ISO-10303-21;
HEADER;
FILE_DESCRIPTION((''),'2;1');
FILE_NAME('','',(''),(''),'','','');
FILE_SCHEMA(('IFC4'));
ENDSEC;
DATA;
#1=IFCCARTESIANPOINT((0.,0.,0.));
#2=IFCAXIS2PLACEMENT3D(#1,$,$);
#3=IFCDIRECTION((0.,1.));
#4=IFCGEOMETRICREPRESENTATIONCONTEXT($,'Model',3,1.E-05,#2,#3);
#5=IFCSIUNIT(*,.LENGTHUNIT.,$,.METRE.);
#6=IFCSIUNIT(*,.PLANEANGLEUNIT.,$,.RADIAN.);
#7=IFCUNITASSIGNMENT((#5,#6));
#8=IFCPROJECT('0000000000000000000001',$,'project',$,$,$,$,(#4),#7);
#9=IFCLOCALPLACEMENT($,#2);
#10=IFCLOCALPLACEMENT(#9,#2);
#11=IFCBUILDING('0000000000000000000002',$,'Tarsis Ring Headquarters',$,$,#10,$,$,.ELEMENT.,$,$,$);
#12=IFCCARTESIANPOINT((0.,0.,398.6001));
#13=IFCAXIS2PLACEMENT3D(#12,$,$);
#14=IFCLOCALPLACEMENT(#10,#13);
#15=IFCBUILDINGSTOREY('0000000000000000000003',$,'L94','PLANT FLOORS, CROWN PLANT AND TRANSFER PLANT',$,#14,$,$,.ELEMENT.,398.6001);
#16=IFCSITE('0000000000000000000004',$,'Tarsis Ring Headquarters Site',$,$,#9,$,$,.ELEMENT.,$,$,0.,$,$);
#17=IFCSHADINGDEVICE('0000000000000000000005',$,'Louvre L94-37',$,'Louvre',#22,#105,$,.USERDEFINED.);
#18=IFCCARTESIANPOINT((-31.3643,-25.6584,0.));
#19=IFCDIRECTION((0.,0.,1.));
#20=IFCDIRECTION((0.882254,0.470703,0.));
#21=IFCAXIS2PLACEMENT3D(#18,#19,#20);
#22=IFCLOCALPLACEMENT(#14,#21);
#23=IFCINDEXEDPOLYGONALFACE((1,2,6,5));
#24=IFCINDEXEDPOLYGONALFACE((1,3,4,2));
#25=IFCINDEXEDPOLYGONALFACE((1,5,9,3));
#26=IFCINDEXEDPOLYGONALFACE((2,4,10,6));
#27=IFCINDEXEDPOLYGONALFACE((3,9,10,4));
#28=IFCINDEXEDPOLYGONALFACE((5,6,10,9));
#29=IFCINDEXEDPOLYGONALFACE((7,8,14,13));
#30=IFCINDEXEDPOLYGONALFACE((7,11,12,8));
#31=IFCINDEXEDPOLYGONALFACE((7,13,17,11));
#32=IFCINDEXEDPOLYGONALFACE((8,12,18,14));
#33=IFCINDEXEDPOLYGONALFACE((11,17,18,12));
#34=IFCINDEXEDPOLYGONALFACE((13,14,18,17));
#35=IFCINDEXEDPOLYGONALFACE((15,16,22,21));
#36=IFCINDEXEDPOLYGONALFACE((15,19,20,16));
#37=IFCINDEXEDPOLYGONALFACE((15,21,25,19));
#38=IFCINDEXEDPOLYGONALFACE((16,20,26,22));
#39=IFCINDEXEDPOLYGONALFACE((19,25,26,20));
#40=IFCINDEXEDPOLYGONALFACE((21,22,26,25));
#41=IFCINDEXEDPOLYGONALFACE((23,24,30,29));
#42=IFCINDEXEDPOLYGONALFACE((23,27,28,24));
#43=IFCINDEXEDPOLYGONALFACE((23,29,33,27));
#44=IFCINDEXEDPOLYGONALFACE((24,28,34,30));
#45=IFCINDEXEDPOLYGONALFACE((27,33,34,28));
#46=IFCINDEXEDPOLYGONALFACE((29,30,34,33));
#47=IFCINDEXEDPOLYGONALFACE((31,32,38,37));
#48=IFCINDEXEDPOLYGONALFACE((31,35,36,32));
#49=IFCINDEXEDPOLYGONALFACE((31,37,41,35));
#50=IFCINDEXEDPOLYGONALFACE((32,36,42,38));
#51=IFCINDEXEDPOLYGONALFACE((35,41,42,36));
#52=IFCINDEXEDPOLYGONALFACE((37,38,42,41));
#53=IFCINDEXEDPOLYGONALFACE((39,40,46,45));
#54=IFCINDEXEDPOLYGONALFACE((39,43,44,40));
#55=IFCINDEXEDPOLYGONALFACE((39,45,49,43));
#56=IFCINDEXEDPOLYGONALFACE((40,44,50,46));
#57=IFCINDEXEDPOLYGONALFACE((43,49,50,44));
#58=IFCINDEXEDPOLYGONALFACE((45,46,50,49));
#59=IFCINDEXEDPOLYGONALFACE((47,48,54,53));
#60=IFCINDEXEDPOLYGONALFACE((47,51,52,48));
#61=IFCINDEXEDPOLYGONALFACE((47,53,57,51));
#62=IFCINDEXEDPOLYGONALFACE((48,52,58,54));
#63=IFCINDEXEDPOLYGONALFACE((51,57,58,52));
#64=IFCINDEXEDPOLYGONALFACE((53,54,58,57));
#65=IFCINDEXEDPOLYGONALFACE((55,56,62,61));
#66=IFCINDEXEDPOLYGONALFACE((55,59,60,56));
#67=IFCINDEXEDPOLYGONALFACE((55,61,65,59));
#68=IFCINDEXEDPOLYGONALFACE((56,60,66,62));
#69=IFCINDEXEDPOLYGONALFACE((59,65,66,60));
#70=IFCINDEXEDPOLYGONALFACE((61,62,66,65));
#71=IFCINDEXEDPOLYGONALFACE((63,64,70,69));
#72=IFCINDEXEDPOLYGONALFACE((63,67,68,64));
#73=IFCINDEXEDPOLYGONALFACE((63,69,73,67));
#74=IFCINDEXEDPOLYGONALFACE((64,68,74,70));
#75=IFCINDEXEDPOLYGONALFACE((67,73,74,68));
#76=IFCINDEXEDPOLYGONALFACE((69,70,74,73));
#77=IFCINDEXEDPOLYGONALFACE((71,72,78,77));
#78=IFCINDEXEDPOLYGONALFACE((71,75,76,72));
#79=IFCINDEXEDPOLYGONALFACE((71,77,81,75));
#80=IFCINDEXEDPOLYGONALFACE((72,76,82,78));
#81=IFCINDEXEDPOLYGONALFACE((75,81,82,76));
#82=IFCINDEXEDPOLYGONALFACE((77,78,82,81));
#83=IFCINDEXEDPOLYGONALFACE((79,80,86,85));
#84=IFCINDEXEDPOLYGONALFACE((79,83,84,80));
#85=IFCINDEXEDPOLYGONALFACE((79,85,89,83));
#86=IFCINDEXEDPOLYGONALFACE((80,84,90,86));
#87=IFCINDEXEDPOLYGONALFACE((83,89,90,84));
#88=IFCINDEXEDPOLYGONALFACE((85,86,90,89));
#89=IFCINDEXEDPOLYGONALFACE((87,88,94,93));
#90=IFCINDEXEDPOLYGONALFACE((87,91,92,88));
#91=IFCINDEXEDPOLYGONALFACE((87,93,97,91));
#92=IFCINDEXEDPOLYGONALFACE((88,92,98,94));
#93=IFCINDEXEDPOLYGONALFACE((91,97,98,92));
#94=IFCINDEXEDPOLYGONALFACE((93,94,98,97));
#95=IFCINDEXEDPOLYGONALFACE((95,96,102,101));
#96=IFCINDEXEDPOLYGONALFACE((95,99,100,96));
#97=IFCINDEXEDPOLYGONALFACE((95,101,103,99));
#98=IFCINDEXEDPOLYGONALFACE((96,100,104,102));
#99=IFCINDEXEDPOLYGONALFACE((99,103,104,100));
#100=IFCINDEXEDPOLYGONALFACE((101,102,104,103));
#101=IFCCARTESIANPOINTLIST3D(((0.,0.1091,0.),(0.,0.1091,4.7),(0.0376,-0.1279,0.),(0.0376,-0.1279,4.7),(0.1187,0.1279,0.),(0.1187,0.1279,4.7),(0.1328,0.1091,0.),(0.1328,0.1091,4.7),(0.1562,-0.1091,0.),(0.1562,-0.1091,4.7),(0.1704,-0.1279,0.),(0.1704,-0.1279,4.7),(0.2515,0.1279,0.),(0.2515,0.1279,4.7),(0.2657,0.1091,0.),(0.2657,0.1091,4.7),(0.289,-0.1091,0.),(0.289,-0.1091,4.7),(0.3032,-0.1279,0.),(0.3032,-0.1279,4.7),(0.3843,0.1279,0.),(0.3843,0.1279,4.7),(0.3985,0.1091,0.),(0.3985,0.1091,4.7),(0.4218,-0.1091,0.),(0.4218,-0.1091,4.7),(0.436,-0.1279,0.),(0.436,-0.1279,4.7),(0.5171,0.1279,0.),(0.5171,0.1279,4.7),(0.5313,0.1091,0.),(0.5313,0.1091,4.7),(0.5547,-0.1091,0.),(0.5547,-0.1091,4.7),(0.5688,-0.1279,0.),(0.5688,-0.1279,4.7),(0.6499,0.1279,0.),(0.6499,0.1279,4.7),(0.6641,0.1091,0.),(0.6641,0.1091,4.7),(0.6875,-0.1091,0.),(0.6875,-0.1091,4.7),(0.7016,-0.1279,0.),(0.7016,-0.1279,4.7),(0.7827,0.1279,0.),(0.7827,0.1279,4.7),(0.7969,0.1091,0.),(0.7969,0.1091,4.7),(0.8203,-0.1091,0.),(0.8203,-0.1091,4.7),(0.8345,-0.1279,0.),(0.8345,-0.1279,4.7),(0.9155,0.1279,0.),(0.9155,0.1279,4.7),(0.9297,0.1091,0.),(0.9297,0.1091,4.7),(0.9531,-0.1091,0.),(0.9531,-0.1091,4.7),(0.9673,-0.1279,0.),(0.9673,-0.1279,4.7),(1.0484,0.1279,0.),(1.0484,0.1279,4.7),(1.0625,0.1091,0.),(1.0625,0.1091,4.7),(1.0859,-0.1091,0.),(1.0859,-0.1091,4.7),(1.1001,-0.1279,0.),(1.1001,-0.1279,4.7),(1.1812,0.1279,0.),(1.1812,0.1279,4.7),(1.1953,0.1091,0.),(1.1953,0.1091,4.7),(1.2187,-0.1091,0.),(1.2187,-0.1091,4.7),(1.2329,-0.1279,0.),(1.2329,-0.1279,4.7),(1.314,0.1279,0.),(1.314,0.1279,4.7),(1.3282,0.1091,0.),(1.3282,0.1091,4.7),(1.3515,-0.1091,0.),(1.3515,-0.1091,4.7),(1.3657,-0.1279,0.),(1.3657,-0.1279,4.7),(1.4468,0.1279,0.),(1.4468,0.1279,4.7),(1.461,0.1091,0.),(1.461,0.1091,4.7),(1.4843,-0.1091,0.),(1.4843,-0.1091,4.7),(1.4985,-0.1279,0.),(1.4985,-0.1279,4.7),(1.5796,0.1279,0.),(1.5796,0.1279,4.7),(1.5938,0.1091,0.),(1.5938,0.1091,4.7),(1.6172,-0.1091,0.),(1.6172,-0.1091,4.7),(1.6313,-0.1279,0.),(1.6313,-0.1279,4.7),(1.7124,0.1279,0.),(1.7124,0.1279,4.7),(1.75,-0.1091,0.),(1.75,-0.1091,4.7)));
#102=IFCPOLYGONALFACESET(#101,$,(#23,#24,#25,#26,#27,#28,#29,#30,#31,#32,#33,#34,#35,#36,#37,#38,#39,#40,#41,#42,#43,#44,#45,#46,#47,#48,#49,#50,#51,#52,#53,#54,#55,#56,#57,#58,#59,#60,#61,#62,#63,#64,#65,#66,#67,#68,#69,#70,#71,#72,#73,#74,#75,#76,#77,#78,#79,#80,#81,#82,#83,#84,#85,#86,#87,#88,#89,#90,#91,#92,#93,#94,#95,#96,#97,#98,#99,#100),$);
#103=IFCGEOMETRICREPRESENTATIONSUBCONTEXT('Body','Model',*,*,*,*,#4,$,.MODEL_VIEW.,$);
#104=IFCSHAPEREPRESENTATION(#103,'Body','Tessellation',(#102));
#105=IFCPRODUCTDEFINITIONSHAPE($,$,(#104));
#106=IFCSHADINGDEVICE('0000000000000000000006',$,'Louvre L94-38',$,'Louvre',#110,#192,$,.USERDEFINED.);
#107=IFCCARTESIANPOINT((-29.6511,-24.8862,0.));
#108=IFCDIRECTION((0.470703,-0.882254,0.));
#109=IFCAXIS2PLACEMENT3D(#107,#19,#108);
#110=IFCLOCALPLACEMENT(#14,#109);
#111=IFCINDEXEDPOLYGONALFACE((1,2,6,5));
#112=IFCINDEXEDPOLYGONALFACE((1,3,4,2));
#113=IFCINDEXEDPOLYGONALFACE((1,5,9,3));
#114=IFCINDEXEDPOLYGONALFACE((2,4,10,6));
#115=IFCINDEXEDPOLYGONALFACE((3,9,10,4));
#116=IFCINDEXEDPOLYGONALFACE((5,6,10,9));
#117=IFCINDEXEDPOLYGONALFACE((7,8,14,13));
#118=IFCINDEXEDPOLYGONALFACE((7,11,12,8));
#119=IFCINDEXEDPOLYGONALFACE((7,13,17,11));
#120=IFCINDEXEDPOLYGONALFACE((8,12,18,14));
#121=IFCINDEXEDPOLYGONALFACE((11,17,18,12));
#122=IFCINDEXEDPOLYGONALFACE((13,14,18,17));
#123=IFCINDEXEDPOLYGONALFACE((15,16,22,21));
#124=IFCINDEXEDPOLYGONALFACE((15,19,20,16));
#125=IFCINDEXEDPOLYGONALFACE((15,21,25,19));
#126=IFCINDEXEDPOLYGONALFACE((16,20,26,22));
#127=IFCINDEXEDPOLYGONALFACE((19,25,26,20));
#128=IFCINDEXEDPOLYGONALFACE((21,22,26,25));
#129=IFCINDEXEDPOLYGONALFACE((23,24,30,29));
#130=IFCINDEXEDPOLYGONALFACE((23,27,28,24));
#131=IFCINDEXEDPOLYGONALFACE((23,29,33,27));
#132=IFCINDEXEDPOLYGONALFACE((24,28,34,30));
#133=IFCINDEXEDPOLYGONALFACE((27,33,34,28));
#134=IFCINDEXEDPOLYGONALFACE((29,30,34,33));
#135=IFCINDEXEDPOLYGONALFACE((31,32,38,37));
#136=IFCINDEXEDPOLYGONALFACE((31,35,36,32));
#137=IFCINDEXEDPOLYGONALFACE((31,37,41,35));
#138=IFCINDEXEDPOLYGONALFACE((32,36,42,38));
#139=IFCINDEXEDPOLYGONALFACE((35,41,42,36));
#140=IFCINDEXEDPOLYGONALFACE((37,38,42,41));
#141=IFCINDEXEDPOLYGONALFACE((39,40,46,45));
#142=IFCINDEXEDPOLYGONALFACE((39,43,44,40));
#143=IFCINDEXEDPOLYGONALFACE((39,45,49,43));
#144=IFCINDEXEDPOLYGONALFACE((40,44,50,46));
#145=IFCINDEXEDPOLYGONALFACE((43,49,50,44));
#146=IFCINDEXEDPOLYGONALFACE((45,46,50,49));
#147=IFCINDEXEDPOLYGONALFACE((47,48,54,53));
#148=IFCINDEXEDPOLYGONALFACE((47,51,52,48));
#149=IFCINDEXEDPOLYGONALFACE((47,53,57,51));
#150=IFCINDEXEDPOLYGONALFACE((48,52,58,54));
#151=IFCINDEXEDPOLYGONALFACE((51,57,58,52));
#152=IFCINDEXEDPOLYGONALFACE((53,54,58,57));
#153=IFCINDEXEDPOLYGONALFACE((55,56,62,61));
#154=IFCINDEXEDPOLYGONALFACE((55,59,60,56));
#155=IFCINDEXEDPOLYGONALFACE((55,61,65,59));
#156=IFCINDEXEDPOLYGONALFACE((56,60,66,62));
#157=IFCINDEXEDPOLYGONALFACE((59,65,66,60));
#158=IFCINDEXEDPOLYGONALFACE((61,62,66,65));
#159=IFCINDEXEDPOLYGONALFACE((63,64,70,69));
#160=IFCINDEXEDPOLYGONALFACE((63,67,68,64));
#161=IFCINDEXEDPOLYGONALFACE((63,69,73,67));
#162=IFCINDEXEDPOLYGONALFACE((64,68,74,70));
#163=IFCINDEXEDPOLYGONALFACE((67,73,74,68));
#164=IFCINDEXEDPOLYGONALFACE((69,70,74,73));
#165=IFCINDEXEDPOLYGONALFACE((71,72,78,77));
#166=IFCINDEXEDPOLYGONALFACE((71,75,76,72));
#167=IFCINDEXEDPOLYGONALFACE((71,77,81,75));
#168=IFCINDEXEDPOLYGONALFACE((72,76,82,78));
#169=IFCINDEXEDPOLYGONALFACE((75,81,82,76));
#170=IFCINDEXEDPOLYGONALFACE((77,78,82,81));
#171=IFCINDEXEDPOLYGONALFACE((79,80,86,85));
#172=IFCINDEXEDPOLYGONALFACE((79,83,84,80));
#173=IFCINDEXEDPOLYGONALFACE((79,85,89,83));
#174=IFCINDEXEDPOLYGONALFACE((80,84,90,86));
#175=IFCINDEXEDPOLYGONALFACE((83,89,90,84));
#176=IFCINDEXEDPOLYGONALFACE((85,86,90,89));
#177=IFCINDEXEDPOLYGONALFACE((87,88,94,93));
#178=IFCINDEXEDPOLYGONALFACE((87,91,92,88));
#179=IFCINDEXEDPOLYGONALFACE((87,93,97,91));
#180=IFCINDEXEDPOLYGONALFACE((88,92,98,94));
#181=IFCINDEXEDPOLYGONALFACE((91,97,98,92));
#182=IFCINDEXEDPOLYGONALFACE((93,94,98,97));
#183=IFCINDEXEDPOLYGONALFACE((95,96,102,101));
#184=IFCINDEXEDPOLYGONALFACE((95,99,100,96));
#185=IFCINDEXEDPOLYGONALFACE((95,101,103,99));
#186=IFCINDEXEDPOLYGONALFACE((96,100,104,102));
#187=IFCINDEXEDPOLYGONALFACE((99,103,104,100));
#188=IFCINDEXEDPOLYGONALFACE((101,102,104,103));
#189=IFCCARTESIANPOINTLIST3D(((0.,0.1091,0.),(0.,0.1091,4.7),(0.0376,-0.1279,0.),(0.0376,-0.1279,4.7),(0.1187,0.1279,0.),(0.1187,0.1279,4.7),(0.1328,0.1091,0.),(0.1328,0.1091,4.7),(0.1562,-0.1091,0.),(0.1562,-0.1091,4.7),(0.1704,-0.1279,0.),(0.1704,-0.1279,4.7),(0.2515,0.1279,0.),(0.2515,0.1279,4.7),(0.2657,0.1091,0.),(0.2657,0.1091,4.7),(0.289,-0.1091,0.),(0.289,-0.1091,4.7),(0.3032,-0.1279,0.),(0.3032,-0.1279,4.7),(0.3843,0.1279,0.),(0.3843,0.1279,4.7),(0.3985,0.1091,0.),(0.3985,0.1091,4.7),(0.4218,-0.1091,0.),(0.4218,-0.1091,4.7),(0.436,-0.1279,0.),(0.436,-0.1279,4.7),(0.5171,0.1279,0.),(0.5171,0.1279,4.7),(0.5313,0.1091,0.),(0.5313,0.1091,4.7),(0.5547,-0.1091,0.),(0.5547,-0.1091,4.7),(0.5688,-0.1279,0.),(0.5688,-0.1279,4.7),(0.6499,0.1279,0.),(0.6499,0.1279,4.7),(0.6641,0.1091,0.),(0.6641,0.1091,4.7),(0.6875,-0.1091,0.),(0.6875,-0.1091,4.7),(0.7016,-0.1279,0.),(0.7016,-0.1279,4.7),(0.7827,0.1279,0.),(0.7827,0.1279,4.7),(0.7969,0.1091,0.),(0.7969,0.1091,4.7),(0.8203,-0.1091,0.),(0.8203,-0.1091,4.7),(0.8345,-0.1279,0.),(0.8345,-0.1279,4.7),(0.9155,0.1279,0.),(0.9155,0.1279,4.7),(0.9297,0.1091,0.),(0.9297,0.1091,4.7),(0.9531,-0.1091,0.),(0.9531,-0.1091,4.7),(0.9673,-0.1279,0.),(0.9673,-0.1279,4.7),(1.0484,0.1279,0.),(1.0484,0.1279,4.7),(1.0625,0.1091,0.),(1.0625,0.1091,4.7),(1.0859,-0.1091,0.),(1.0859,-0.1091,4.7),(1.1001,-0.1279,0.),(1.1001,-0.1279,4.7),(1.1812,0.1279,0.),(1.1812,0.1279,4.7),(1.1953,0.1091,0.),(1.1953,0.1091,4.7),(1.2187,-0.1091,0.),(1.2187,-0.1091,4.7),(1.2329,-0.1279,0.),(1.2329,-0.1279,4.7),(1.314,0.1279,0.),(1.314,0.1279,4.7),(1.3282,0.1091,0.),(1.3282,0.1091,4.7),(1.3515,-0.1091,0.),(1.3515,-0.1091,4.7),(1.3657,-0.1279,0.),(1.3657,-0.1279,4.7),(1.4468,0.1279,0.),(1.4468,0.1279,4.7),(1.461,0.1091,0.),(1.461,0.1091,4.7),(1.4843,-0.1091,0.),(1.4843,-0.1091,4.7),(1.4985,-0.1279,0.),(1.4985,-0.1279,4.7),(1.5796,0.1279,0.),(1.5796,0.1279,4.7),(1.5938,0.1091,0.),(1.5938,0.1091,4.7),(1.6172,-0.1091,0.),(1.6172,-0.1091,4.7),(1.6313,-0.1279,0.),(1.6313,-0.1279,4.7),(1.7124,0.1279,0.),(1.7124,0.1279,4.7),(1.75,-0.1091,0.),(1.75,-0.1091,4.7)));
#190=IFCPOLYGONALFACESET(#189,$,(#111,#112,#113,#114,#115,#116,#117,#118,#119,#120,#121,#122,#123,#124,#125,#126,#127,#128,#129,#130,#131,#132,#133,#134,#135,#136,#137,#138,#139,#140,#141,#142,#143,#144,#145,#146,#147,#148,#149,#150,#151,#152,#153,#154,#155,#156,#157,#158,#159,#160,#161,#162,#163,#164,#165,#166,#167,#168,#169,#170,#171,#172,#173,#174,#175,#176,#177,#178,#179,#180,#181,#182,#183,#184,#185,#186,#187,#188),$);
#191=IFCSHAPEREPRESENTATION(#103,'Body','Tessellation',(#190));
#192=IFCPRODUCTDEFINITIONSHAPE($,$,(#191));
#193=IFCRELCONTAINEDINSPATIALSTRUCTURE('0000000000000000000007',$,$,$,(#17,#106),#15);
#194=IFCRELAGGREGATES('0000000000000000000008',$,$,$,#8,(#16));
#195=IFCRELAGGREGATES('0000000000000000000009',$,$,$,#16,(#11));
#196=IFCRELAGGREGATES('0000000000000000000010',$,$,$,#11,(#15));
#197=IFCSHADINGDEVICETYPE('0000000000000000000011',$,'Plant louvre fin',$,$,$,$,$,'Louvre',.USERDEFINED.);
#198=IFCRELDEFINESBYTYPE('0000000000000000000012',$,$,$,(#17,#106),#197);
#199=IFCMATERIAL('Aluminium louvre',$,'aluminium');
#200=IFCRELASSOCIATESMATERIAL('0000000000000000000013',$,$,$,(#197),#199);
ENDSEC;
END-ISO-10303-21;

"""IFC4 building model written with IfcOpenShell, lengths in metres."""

from ifc_helpers import new_model, si_unit, direction, frame, frame_2d, origin, place, context, subcontext, project, spatial, rectangle, composite_profile, extrude, material, type_object, element, save


model = new_model("IFC4")

# Units and contexts
model_context = context("Model", 3, precision=1e-05, world=origin(), true_north=direction((0.0, 1.0)))
body_context = subcontext(model_context, "Body", "Model", "MODEL_VIEW")
ifc_project = project(units=[si_unit("LENGTHUNIT", "METRE"), si_unit("PLANEANGLEUNIT", "RADIAN")], contexts=[model_context])

# Site, building, storey
site_placement = place(None, origin())
site = spatial("IfcSite", under=ifc_project, at=site_placement, Name="Tarsis Ring Headquarters Site", CompositionType="ELEMENT", RefElevation=0.0)
building_placement = place(site_placement, origin())
building = spatial("IfcBuilding", under=site, at=building_placement, Name="Tarsis Ring Headquarters", CompositionType="ELEMENT")
storey_placement = place(building_placement, frame((0.0, 0.0, 398.6001)))
storey = spatial("IfcBuildingStorey", under=building, at=storey_placement, Name="L94", Description="PLANT FLOORS, CROWN PLANT AND TRANSFER PLANT", CompositionType="ELEMENT", Elevation=398.6001)

# Shading devices
ifc_material_1 = material(Name="Aluminium louvre", Category="aluminium")
shading_device_type_1 = type_object("IfcShadingDeviceType", Name="Plant louvre fin", ElementType="Louvre", PredefinedType="USERDEFINED", material=ifc_material_1)
for number, where, z_axis, x_axis, name in (
    (1, (-31.3643, -25.6584, 0.0), (0.0, 0.0, 1.0), (0.882254, 0.470703, 0.0), "Louvre L94-37"),
    (2, (-29.6511, -24.8862, 0.0), (0.0, 0.0, 1.0), (0.470703, -0.882254, 0.0), "Louvre L94-38"),
):
    element("IfcShadingDevice", number, at=place(storey_placement, frame(where, z_axis=z_axis, x_axis=x_axis)), inside=storey, type_object=shading_device_type_1, Name=name, ObjectType="Louvre", PredefinedType="USERDEFINED", context=body_context, shape_type="SweptSolid", body=[
        extrude(composite_profile([rectangle(XDim=0.1201, YDim=0.24, at=frame_2d((0.0781, 0.0), x_axis=(0.987688, 0.156434))), rectangle(XDim=0.1201, YDim=0.24, at=frame_2d((0.2109, 0.0), x_axis=(0.987688, 0.156434))), rectangle(XDim=0.1201, YDim=0.24, at=frame_2d((0.3438, 0.0), x_axis=(0.987688, 0.156434))), rectangle(XDim=0.1201, YDim=0.24, at=frame_2d((0.4766, 0.0), x_axis=(0.987688, 0.156434))), rectangle(XDim=0.1201, YDim=0.24, at=frame_2d((0.6094, 0.0), x_axis=(0.987688, 0.156434))), rectangle(XDim=0.1201, YDim=0.24, at=frame_2d((0.7422, 0.0), x_axis=(0.987688, 0.156434))), rectangle(XDim=0.1201, YDim=0.24, at=frame_2d((0.875, 0.0), x_axis=(0.987688, 0.156434))), rectangle(XDim=0.1201, YDim=0.24, at=frame_2d((1.0078, 0.0), x_axis=(0.987688, 0.156434))), rectangle(XDim=0.1201, YDim=0.24, at=frame_2d((1.1406, 0.0), x_axis=(0.987688, 0.156434))), rectangle(XDim=0.1201, YDim=0.24, at=frame_2d((1.2734, 0.0), x_axis=(0.987688, 0.156434))), rectangle(XDim=0.1201, YDim=0.24, at=frame_2d((1.4062, 0.0), x_axis=(0.987688, 0.156434))), rectangle(XDim=0.1201, YDim=0.24, at=frame_2d((1.5391, 0.0), x_axis=(0.987688, 0.156434))), rectangle(XDim=0.1201, YDim=0.24, at=frame_2d((1.6719, 0.0), x_axis=(0.987688, 0.156434)))]), origin(), (0.0, 0.0, 1.0), 4.7),
    ])

save(model, "model.ifc")
